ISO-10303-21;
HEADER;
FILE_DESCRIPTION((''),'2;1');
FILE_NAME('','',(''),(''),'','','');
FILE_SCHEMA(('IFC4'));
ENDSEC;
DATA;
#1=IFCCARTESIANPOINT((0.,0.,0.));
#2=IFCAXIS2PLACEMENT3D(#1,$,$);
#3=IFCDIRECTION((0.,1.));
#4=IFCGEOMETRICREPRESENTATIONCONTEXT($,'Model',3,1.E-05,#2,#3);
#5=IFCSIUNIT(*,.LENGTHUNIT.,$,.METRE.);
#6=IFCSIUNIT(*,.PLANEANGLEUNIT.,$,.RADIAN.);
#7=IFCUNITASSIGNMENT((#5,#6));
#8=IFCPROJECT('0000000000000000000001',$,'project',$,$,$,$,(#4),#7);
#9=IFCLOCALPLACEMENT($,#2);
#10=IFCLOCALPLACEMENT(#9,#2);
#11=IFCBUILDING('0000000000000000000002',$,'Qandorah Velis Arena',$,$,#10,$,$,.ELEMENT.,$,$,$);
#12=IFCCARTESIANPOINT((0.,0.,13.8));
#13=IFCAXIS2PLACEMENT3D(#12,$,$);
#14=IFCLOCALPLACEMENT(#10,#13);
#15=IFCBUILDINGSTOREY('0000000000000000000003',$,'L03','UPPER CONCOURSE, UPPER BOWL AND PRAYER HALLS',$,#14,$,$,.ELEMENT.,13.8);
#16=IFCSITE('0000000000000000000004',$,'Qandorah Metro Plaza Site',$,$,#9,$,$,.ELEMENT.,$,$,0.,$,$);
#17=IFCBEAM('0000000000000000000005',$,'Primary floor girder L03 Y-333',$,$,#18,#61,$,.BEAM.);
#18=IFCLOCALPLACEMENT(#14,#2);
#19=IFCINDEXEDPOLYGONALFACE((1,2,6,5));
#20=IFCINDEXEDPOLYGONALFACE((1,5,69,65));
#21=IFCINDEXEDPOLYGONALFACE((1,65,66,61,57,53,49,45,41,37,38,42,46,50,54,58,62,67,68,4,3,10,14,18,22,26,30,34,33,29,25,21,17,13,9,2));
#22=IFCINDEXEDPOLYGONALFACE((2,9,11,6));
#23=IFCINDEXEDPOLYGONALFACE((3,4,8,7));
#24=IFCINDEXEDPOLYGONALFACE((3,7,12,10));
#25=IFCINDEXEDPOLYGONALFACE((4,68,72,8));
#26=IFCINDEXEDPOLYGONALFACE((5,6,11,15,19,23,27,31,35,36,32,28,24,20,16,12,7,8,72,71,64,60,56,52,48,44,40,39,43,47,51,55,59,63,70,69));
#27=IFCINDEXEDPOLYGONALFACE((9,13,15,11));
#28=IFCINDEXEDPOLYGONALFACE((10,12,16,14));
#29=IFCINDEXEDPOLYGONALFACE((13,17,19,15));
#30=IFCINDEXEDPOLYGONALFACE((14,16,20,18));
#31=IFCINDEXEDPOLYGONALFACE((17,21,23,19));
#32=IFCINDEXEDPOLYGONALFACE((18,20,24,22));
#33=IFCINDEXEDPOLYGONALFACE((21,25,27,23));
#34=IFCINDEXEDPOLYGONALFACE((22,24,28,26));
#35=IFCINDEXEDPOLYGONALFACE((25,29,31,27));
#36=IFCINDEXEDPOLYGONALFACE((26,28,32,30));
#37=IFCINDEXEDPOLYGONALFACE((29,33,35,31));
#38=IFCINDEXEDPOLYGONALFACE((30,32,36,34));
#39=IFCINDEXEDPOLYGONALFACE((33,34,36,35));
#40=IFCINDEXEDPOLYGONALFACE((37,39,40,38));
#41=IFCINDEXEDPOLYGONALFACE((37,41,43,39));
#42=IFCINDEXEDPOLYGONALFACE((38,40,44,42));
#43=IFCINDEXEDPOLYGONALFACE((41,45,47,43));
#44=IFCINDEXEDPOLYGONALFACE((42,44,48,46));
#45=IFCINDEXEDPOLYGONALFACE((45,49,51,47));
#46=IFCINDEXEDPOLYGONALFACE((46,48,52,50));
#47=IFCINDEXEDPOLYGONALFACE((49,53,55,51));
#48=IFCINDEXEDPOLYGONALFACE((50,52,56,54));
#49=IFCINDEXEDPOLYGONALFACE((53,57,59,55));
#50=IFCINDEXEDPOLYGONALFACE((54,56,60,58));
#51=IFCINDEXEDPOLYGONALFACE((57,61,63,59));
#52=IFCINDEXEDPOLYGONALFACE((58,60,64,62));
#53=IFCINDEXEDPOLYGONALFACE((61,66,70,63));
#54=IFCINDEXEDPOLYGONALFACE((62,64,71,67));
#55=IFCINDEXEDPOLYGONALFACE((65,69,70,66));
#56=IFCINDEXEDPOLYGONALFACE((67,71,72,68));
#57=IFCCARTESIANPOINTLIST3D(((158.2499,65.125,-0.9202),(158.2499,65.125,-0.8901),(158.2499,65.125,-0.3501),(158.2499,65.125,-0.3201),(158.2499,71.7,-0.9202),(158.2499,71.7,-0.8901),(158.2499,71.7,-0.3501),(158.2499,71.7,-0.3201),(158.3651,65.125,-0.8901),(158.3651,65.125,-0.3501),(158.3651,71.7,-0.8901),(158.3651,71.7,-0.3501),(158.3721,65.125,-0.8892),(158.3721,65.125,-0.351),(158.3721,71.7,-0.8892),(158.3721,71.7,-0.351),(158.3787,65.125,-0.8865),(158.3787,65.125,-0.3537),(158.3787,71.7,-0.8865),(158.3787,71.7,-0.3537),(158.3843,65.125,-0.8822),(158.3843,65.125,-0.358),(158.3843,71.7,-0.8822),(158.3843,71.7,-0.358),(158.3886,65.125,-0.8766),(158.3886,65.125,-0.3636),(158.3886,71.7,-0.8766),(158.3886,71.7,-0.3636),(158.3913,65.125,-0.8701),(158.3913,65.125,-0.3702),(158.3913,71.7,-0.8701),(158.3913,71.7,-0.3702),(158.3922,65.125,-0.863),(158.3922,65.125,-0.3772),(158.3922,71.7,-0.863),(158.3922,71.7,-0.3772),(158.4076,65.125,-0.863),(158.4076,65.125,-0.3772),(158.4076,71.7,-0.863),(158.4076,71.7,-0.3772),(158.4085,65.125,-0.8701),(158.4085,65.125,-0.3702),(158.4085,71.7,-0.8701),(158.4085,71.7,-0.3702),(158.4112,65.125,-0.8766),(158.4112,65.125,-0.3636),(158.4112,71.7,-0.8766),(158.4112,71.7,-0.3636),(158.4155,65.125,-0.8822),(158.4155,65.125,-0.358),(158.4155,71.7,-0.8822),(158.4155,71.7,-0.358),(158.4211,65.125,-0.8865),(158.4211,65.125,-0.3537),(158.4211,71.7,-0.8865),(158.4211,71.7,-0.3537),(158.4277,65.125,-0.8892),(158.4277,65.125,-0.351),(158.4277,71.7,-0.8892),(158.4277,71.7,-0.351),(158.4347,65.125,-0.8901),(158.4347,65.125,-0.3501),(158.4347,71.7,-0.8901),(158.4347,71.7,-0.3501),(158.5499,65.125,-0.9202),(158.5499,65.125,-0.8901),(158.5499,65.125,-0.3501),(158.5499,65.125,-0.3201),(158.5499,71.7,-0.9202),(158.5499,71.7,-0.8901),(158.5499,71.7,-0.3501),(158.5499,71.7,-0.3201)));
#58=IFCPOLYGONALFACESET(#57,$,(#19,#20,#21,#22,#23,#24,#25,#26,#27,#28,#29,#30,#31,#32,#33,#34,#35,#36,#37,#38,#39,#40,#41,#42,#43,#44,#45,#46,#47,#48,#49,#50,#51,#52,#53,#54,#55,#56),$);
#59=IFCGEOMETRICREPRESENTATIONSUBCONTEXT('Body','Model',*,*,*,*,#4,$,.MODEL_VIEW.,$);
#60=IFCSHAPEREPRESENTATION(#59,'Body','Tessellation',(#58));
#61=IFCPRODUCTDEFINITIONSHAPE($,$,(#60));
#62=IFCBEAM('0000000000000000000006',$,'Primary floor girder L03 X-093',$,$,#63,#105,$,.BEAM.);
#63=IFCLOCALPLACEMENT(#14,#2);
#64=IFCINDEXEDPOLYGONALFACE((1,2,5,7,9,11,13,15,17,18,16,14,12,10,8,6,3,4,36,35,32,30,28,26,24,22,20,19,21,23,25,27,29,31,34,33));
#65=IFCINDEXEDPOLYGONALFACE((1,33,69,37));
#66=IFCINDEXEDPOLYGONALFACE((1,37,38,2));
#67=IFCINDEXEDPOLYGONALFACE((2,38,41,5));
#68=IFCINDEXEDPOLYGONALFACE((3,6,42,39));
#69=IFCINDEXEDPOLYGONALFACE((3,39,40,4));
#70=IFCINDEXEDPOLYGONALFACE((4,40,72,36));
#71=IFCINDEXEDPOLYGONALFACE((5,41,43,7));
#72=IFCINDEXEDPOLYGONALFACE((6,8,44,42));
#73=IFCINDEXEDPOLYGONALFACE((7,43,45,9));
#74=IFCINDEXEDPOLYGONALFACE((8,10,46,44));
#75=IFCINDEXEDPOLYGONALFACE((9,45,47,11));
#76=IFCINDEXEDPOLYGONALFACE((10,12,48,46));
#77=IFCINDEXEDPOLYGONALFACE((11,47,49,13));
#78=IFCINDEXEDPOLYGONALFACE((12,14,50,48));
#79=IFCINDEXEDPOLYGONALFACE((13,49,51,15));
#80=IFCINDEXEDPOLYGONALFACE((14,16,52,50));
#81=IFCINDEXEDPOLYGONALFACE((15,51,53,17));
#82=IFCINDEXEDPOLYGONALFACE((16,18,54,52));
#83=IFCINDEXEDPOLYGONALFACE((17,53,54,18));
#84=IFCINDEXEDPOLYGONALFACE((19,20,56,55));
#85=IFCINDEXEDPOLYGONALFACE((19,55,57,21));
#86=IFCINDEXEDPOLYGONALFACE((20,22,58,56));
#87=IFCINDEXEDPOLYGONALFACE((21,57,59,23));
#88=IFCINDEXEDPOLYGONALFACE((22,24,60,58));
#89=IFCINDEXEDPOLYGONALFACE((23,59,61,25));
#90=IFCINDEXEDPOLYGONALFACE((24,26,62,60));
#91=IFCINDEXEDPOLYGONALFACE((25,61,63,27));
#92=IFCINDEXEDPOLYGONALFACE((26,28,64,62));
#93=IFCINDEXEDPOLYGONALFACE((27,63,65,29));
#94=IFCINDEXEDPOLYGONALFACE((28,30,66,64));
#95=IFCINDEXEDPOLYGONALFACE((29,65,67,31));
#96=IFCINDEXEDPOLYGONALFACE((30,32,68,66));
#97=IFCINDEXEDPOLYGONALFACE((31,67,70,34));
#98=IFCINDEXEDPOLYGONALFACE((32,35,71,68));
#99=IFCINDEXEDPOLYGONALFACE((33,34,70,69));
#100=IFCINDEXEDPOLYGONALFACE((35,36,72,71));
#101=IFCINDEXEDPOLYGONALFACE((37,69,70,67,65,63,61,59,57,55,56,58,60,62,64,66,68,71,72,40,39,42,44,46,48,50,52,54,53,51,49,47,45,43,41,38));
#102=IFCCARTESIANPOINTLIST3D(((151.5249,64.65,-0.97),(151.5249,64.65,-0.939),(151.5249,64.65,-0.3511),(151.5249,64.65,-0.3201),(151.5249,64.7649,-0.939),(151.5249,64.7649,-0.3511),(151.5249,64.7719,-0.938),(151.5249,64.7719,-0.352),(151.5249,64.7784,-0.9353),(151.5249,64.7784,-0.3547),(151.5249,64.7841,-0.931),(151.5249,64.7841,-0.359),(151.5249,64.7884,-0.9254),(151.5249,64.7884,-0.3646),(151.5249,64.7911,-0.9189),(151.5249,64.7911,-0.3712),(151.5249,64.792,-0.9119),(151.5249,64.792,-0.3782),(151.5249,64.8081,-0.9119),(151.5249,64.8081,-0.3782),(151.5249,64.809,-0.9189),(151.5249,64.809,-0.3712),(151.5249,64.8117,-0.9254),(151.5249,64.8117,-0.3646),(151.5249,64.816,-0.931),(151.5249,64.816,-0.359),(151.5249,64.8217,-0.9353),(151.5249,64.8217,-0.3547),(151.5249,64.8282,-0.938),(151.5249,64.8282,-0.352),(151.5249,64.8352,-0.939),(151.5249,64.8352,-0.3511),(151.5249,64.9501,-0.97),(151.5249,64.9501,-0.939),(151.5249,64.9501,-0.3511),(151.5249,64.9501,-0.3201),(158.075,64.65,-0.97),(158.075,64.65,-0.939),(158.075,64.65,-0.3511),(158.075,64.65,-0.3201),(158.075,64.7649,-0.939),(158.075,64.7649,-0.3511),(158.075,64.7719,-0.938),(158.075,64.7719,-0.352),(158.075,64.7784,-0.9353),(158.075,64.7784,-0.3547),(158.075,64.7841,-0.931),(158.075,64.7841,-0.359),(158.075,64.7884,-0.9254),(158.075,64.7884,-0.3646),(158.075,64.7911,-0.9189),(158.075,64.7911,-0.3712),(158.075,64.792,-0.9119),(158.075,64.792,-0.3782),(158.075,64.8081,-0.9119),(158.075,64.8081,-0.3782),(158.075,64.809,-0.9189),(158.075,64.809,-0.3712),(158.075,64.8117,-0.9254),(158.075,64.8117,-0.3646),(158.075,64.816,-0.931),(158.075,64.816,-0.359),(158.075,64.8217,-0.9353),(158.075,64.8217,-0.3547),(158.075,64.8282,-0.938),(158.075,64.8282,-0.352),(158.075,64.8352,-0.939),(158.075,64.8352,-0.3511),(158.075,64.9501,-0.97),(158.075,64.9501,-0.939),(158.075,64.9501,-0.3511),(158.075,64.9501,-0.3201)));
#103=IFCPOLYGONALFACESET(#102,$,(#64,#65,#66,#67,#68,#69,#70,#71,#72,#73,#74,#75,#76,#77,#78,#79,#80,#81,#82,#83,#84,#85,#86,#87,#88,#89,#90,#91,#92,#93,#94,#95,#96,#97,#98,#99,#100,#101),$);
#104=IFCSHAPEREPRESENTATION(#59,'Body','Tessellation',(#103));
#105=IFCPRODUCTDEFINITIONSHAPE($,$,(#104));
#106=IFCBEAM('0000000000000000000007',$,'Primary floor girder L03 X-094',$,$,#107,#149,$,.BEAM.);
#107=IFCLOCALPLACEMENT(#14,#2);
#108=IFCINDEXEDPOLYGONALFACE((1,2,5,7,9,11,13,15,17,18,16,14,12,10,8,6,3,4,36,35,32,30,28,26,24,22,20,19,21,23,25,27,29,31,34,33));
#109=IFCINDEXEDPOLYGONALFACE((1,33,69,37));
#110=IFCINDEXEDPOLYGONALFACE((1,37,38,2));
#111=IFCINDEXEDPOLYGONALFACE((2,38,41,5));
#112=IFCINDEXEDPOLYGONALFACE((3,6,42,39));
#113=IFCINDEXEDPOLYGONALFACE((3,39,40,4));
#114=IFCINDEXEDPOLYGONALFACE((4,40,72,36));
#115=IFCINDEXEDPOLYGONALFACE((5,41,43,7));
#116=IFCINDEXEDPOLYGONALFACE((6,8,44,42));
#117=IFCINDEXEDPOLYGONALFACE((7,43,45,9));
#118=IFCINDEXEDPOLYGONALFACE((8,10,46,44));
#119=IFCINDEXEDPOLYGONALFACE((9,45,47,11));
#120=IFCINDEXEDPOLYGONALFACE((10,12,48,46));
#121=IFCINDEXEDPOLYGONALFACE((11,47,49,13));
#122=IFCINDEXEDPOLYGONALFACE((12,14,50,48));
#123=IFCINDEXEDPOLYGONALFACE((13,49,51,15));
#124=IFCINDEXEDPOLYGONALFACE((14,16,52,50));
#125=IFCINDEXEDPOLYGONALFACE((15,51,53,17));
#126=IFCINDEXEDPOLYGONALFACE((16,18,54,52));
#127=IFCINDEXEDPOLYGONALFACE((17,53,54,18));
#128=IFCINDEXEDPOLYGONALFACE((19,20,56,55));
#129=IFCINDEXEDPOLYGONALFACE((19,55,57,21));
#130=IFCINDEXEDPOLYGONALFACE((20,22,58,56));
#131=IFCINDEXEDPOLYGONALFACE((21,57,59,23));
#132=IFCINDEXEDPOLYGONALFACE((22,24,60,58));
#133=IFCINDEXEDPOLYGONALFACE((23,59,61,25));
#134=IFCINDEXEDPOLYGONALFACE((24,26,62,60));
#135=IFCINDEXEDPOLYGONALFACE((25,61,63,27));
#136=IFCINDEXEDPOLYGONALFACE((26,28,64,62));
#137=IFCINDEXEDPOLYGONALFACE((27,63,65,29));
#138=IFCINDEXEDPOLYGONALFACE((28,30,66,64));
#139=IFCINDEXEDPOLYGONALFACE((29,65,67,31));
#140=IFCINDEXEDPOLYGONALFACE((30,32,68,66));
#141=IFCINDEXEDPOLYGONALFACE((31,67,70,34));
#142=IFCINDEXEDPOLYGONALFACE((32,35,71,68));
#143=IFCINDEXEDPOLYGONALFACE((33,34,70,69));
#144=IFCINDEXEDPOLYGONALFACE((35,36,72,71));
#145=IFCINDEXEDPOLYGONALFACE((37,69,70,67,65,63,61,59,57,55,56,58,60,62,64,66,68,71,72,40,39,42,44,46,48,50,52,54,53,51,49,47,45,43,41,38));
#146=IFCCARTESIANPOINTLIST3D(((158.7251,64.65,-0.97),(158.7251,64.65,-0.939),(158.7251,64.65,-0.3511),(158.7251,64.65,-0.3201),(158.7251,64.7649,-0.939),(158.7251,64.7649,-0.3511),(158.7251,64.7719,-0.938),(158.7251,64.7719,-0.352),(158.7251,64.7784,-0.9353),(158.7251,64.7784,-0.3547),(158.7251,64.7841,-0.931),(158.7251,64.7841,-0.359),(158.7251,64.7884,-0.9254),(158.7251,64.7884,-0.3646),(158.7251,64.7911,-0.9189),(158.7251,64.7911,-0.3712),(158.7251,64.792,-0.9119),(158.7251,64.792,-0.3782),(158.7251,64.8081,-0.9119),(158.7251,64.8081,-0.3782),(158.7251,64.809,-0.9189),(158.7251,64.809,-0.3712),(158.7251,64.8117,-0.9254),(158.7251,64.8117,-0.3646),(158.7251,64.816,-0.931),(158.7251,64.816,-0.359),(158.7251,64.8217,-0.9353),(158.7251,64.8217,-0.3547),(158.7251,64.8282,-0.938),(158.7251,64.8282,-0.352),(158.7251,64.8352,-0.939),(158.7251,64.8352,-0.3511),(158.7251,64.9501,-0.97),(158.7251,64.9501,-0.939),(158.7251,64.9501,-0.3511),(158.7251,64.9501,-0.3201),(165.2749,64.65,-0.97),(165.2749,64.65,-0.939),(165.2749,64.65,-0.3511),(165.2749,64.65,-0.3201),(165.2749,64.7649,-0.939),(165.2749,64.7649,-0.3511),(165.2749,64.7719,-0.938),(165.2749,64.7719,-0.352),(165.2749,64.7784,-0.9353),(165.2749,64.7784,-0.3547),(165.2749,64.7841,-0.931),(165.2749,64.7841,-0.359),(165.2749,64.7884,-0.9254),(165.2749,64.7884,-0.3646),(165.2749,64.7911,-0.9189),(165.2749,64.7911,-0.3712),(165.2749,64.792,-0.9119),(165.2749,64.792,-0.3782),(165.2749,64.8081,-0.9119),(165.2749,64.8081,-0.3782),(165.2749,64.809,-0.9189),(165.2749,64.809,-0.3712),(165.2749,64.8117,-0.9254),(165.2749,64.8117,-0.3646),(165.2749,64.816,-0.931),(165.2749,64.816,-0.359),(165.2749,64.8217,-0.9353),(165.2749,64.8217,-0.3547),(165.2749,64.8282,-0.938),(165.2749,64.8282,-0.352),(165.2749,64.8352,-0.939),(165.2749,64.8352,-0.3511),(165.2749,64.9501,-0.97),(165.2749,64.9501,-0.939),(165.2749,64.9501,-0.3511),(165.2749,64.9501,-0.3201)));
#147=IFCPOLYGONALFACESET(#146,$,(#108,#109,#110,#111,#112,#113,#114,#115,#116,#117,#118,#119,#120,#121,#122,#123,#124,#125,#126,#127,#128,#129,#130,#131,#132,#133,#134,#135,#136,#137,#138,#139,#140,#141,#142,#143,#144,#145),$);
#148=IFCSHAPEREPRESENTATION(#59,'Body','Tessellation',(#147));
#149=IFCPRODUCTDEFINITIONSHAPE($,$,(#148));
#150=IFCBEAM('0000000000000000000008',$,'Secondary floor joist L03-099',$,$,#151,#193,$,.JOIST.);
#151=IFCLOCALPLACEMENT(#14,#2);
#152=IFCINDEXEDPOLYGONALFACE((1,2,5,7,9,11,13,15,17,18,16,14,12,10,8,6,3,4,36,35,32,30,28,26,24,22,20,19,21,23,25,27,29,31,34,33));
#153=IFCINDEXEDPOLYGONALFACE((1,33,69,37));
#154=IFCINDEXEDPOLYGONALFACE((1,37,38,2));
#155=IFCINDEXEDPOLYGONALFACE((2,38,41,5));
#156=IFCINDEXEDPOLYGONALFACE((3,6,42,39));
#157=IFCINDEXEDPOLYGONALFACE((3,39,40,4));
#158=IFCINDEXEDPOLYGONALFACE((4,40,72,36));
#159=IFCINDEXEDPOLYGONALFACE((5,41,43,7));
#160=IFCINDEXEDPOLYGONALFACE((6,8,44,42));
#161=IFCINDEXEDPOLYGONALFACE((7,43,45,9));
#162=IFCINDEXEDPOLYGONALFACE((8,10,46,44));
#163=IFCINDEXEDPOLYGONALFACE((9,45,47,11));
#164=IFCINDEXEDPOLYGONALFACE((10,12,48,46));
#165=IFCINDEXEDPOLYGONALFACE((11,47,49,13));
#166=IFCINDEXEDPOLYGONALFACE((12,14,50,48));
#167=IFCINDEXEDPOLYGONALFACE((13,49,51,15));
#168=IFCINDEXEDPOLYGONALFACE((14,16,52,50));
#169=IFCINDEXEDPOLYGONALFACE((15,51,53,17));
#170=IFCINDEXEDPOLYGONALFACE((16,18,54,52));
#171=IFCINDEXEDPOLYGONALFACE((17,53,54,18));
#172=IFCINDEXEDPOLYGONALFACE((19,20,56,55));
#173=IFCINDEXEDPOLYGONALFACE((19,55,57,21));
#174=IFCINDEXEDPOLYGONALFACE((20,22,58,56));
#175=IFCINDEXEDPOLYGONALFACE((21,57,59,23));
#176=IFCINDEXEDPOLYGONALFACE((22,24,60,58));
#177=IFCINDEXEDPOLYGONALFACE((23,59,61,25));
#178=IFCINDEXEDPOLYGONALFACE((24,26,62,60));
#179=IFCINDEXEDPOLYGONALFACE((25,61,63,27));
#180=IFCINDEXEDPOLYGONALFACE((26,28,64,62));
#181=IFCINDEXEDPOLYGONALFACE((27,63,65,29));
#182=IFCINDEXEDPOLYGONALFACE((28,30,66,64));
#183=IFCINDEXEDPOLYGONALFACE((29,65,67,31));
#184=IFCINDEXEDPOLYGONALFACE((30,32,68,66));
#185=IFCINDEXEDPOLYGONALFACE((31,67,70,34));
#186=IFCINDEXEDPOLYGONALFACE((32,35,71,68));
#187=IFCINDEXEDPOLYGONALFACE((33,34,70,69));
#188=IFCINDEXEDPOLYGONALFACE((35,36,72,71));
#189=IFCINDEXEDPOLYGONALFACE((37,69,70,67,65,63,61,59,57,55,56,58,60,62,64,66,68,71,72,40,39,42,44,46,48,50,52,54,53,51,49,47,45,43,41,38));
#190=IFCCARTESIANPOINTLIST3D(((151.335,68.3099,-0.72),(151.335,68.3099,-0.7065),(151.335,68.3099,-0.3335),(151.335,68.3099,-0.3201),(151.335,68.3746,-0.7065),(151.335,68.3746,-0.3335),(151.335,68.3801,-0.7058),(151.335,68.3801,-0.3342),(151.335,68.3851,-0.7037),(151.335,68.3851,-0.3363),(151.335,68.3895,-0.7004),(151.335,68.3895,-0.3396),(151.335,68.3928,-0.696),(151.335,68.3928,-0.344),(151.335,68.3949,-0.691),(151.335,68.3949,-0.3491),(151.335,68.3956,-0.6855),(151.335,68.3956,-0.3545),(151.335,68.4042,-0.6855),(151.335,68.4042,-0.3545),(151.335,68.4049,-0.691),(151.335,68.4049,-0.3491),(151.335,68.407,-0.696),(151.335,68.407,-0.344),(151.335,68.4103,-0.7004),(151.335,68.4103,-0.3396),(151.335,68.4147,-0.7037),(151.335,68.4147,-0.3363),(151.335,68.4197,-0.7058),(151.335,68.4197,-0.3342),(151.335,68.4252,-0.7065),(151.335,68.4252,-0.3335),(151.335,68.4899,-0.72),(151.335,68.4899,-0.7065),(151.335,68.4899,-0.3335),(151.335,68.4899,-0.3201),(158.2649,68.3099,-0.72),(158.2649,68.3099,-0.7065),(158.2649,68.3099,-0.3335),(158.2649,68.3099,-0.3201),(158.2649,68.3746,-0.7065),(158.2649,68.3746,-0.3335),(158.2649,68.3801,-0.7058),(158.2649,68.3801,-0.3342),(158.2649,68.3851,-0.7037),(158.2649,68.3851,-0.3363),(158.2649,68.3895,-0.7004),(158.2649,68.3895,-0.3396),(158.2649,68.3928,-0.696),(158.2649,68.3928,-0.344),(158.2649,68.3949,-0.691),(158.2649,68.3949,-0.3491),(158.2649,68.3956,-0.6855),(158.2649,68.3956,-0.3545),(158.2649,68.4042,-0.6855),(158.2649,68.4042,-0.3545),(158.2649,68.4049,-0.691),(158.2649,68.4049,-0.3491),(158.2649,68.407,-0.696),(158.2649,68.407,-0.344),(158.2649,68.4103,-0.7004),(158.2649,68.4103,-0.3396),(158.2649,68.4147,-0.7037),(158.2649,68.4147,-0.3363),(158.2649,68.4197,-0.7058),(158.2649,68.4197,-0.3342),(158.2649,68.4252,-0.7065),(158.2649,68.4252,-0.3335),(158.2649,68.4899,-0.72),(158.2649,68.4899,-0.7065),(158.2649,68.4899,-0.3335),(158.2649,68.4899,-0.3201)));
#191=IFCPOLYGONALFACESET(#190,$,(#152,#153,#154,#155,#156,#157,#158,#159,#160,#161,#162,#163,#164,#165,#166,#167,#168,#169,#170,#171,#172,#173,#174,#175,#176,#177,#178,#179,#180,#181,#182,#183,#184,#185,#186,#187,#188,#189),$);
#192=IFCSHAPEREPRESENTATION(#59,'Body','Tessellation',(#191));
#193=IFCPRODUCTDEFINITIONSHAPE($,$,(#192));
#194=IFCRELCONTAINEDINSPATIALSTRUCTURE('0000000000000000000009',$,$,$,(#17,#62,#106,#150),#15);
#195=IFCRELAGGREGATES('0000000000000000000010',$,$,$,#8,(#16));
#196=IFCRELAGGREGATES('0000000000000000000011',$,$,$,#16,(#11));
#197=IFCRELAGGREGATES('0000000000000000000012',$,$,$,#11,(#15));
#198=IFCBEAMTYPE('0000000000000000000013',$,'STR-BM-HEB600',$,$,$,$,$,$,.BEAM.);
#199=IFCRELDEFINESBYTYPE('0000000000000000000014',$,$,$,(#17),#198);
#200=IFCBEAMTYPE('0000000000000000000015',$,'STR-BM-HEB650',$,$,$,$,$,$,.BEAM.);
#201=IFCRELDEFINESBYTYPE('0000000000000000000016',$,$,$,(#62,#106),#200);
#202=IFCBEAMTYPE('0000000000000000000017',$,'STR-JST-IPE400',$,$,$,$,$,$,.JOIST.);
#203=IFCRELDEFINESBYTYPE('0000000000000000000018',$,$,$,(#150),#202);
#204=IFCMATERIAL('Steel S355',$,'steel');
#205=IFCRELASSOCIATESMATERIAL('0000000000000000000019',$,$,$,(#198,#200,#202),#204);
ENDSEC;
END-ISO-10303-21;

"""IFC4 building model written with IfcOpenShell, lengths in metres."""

from ifc_helpers import new_model, si_unit, direction, frame, origin, origin_2d, place, context, subcontext, project, spatial, i_section, extrude, material, material_profile, profile_set, type_object, element, save


model = new_model("IFC4")

# Units and contexts
model_context = context("Model", 3, precision=1e-05, world=origin(), true_north=direction((0.0, 1.0)))
body_context = subcontext(model_context, "Body", "Model", "MODEL_VIEW")
ifc_project = project(units=[si_unit("LENGTHUNIT", "METRE"), si_unit("PLANEANGLEUNIT", "RADIAN")], contexts=[model_context])

# Site, building, storey
site_placement = place(None, origin())
site = spatial("IfcSite", under=ifc_project, at=site_placement, Name="Qandorah Metro Plaza Site", CompositionType="ELEMENT", RefElevation=0.0)
building_placement = place(site_placement, origin())
building = spatial("IfcBuilding", under=site, at=building_placement, Name="Qandorah Velis Arena", CompositionType="ELEMENT")
storey_placement = place(building_placement, frame((0.0, 0.0, 13.8)))
storey = spatial("IfcBuildingStorey", under=building, at=storey_placement, Name="L03", Description="UPPER CONCOURSE, UPPER BOWL AND PRAYER HALLS", CompositionType="ELEMENT", Elevation=13.8)

# Beams
ifc_material_1 = material(Name="Steel S355", Category="steel")
ifc_material_profile_1 = material_profile(ifc_material_1, i_section(OverallWidth=0.3, OverallDepth=0.6001, WebThickness=0.0154, FlangeThickness=0.03, FilletRadius=0.0271, at=origin_2d()), Name="HEB 600")
ifc_profile_set_1 = profile_set([ifc_material_profile_1], Name="Steel S355")
beam_type_1 = type_object("IfcBeamType", Name="STR-BM-HEB600", PredefinedType="BEAM", material=ifc_profile_set_1)
for number, where, z_axis, x_axis, name in (
    (1, (158.3999, 65.125, -0.6201), (0.0, 1.0, 0.0), (-1.0, 0.0, 0.0), "Primary floor girder L03 Y-333"),
):
    element("IfcBeam", number, at=place(storey_placement, frame(where, z_axis=z_axis, x_axis=x_axis)), inside=storey, type_object=beam_type_1, Name=name, PredefinedType="BEAM", context=body_context, shape_type="SweptSolid", body=[
        extrude(i_section(OverallWidth=0.3, OverallDepth=0.6001, WebThickness=0.0154, FlangeThickness=0.03, FilletRadius=0.0271, at=origin_2d()), origin(), (0.0, 0.0, 1.0), 6.575),
    ])
ifc_material_profile_2 = material_profile(ifc_material_1, i_section(OverallWidth=0.3, OverallDepth=0.6499, WebThickness=0.0161, FlangeThickness=0.031, FilletRadius=0.0271, at=origin_2d()), Name="HEB 650")
ifc_profile_set_2 = profile_set([ifc_material_profile_2], Name="Steel S355")
beam_type_2 = type_object("IfcBeamType", Name="STR-BM-HEB650", PredefinedType="BEAM", material=ifc_profile_set_2)
beam_1_placement = place(storey_placement, frame((151.5249, 64.8, -0.645), z_axis=(1.0, 0.0, 0.0), x_axis=(0.0, 1.0, 0.0)))
element("IfcBeam", 2, at=beam_1_placement, inside=storey, type_object=beam_type_2, Name="Primary floor girder L03 X-093", PredefinedType="BEAM", context=body_context, shape_type="SweptSolid", body=[
    extrude(i_section(OverallWidth=0.3, OverallDepth=0.6499, WebThickness=0.0161, FlangeThickness=0.031, FilletRadius=0.0271, at=origin_2d()), origin(), (0.0, 0.0, 1.0), 6.55),
])
beam_2_placement = place(storey_placement, frame((158.7251, 64.8, -0.645), z_axis=(1.0, 0.0, 0.0), x_axis=(0.0, 1.0, 0.0)))
element("IfcBeam", 3, at=beam_2_placement, inside=storey, type_object=beam_type_2, Name="Primary floor girder L03 X-094", PredefinedType="BEAM", context=body_context, shape_type="SweptSolid", body=[
    extrude(i_section(OverallWidth=0.3, OverallDepth=0.6499, WebThickness=0.0161, FlangeThickness=0.031, FilletRadius=0.0271, at=origin_2d()), origin(), (0.0, 0.0, 1.0), 6.5498),
])
ifc_material_profile_3 = material_profile(ifc_material_1, i_section(OverallWidth=0.1799, OverallDepth=0.3999, WebThickness=0.0085, FlangeThickness=0.0134, FilletRadius=0.021, at=origin_2d()), Name="IPE 400")
ifc_profile_set_3 = profile_set([ifc_material_profile_3], Name="Steel S355")
beam_type_3 = type_object("IfcBeamType", Name="STR-JST-IPE400", PredefinedType="JOIST", material=ifc_profile_set_3)
beam_3_placement = place(storey_placement, frame((151.335, 68.3999, -0.52), z_axis=(1.0, 0.0, 0.0), x_axis=(0.0, 1.0, 0.0)))
element("IfcBeam", 4, at=beam_3_placement, inside=storey, type_object=beam_type_3, Name="Secondary floor joist L03-099", PredefinedType="JOIST", context=body_context, shape_type="SweptSolid", body=[
    extrude(i_section(OverallWidth=0.1799, OverallDepth=0.3999, WebThickness=0.0085, FlangeThickness=0.0134, FilletRadius=0.021, at=origin_2d()), origin(), (0.0, 0.0, 1.0), 6.9299),
])

save(model, "model.ifc")
